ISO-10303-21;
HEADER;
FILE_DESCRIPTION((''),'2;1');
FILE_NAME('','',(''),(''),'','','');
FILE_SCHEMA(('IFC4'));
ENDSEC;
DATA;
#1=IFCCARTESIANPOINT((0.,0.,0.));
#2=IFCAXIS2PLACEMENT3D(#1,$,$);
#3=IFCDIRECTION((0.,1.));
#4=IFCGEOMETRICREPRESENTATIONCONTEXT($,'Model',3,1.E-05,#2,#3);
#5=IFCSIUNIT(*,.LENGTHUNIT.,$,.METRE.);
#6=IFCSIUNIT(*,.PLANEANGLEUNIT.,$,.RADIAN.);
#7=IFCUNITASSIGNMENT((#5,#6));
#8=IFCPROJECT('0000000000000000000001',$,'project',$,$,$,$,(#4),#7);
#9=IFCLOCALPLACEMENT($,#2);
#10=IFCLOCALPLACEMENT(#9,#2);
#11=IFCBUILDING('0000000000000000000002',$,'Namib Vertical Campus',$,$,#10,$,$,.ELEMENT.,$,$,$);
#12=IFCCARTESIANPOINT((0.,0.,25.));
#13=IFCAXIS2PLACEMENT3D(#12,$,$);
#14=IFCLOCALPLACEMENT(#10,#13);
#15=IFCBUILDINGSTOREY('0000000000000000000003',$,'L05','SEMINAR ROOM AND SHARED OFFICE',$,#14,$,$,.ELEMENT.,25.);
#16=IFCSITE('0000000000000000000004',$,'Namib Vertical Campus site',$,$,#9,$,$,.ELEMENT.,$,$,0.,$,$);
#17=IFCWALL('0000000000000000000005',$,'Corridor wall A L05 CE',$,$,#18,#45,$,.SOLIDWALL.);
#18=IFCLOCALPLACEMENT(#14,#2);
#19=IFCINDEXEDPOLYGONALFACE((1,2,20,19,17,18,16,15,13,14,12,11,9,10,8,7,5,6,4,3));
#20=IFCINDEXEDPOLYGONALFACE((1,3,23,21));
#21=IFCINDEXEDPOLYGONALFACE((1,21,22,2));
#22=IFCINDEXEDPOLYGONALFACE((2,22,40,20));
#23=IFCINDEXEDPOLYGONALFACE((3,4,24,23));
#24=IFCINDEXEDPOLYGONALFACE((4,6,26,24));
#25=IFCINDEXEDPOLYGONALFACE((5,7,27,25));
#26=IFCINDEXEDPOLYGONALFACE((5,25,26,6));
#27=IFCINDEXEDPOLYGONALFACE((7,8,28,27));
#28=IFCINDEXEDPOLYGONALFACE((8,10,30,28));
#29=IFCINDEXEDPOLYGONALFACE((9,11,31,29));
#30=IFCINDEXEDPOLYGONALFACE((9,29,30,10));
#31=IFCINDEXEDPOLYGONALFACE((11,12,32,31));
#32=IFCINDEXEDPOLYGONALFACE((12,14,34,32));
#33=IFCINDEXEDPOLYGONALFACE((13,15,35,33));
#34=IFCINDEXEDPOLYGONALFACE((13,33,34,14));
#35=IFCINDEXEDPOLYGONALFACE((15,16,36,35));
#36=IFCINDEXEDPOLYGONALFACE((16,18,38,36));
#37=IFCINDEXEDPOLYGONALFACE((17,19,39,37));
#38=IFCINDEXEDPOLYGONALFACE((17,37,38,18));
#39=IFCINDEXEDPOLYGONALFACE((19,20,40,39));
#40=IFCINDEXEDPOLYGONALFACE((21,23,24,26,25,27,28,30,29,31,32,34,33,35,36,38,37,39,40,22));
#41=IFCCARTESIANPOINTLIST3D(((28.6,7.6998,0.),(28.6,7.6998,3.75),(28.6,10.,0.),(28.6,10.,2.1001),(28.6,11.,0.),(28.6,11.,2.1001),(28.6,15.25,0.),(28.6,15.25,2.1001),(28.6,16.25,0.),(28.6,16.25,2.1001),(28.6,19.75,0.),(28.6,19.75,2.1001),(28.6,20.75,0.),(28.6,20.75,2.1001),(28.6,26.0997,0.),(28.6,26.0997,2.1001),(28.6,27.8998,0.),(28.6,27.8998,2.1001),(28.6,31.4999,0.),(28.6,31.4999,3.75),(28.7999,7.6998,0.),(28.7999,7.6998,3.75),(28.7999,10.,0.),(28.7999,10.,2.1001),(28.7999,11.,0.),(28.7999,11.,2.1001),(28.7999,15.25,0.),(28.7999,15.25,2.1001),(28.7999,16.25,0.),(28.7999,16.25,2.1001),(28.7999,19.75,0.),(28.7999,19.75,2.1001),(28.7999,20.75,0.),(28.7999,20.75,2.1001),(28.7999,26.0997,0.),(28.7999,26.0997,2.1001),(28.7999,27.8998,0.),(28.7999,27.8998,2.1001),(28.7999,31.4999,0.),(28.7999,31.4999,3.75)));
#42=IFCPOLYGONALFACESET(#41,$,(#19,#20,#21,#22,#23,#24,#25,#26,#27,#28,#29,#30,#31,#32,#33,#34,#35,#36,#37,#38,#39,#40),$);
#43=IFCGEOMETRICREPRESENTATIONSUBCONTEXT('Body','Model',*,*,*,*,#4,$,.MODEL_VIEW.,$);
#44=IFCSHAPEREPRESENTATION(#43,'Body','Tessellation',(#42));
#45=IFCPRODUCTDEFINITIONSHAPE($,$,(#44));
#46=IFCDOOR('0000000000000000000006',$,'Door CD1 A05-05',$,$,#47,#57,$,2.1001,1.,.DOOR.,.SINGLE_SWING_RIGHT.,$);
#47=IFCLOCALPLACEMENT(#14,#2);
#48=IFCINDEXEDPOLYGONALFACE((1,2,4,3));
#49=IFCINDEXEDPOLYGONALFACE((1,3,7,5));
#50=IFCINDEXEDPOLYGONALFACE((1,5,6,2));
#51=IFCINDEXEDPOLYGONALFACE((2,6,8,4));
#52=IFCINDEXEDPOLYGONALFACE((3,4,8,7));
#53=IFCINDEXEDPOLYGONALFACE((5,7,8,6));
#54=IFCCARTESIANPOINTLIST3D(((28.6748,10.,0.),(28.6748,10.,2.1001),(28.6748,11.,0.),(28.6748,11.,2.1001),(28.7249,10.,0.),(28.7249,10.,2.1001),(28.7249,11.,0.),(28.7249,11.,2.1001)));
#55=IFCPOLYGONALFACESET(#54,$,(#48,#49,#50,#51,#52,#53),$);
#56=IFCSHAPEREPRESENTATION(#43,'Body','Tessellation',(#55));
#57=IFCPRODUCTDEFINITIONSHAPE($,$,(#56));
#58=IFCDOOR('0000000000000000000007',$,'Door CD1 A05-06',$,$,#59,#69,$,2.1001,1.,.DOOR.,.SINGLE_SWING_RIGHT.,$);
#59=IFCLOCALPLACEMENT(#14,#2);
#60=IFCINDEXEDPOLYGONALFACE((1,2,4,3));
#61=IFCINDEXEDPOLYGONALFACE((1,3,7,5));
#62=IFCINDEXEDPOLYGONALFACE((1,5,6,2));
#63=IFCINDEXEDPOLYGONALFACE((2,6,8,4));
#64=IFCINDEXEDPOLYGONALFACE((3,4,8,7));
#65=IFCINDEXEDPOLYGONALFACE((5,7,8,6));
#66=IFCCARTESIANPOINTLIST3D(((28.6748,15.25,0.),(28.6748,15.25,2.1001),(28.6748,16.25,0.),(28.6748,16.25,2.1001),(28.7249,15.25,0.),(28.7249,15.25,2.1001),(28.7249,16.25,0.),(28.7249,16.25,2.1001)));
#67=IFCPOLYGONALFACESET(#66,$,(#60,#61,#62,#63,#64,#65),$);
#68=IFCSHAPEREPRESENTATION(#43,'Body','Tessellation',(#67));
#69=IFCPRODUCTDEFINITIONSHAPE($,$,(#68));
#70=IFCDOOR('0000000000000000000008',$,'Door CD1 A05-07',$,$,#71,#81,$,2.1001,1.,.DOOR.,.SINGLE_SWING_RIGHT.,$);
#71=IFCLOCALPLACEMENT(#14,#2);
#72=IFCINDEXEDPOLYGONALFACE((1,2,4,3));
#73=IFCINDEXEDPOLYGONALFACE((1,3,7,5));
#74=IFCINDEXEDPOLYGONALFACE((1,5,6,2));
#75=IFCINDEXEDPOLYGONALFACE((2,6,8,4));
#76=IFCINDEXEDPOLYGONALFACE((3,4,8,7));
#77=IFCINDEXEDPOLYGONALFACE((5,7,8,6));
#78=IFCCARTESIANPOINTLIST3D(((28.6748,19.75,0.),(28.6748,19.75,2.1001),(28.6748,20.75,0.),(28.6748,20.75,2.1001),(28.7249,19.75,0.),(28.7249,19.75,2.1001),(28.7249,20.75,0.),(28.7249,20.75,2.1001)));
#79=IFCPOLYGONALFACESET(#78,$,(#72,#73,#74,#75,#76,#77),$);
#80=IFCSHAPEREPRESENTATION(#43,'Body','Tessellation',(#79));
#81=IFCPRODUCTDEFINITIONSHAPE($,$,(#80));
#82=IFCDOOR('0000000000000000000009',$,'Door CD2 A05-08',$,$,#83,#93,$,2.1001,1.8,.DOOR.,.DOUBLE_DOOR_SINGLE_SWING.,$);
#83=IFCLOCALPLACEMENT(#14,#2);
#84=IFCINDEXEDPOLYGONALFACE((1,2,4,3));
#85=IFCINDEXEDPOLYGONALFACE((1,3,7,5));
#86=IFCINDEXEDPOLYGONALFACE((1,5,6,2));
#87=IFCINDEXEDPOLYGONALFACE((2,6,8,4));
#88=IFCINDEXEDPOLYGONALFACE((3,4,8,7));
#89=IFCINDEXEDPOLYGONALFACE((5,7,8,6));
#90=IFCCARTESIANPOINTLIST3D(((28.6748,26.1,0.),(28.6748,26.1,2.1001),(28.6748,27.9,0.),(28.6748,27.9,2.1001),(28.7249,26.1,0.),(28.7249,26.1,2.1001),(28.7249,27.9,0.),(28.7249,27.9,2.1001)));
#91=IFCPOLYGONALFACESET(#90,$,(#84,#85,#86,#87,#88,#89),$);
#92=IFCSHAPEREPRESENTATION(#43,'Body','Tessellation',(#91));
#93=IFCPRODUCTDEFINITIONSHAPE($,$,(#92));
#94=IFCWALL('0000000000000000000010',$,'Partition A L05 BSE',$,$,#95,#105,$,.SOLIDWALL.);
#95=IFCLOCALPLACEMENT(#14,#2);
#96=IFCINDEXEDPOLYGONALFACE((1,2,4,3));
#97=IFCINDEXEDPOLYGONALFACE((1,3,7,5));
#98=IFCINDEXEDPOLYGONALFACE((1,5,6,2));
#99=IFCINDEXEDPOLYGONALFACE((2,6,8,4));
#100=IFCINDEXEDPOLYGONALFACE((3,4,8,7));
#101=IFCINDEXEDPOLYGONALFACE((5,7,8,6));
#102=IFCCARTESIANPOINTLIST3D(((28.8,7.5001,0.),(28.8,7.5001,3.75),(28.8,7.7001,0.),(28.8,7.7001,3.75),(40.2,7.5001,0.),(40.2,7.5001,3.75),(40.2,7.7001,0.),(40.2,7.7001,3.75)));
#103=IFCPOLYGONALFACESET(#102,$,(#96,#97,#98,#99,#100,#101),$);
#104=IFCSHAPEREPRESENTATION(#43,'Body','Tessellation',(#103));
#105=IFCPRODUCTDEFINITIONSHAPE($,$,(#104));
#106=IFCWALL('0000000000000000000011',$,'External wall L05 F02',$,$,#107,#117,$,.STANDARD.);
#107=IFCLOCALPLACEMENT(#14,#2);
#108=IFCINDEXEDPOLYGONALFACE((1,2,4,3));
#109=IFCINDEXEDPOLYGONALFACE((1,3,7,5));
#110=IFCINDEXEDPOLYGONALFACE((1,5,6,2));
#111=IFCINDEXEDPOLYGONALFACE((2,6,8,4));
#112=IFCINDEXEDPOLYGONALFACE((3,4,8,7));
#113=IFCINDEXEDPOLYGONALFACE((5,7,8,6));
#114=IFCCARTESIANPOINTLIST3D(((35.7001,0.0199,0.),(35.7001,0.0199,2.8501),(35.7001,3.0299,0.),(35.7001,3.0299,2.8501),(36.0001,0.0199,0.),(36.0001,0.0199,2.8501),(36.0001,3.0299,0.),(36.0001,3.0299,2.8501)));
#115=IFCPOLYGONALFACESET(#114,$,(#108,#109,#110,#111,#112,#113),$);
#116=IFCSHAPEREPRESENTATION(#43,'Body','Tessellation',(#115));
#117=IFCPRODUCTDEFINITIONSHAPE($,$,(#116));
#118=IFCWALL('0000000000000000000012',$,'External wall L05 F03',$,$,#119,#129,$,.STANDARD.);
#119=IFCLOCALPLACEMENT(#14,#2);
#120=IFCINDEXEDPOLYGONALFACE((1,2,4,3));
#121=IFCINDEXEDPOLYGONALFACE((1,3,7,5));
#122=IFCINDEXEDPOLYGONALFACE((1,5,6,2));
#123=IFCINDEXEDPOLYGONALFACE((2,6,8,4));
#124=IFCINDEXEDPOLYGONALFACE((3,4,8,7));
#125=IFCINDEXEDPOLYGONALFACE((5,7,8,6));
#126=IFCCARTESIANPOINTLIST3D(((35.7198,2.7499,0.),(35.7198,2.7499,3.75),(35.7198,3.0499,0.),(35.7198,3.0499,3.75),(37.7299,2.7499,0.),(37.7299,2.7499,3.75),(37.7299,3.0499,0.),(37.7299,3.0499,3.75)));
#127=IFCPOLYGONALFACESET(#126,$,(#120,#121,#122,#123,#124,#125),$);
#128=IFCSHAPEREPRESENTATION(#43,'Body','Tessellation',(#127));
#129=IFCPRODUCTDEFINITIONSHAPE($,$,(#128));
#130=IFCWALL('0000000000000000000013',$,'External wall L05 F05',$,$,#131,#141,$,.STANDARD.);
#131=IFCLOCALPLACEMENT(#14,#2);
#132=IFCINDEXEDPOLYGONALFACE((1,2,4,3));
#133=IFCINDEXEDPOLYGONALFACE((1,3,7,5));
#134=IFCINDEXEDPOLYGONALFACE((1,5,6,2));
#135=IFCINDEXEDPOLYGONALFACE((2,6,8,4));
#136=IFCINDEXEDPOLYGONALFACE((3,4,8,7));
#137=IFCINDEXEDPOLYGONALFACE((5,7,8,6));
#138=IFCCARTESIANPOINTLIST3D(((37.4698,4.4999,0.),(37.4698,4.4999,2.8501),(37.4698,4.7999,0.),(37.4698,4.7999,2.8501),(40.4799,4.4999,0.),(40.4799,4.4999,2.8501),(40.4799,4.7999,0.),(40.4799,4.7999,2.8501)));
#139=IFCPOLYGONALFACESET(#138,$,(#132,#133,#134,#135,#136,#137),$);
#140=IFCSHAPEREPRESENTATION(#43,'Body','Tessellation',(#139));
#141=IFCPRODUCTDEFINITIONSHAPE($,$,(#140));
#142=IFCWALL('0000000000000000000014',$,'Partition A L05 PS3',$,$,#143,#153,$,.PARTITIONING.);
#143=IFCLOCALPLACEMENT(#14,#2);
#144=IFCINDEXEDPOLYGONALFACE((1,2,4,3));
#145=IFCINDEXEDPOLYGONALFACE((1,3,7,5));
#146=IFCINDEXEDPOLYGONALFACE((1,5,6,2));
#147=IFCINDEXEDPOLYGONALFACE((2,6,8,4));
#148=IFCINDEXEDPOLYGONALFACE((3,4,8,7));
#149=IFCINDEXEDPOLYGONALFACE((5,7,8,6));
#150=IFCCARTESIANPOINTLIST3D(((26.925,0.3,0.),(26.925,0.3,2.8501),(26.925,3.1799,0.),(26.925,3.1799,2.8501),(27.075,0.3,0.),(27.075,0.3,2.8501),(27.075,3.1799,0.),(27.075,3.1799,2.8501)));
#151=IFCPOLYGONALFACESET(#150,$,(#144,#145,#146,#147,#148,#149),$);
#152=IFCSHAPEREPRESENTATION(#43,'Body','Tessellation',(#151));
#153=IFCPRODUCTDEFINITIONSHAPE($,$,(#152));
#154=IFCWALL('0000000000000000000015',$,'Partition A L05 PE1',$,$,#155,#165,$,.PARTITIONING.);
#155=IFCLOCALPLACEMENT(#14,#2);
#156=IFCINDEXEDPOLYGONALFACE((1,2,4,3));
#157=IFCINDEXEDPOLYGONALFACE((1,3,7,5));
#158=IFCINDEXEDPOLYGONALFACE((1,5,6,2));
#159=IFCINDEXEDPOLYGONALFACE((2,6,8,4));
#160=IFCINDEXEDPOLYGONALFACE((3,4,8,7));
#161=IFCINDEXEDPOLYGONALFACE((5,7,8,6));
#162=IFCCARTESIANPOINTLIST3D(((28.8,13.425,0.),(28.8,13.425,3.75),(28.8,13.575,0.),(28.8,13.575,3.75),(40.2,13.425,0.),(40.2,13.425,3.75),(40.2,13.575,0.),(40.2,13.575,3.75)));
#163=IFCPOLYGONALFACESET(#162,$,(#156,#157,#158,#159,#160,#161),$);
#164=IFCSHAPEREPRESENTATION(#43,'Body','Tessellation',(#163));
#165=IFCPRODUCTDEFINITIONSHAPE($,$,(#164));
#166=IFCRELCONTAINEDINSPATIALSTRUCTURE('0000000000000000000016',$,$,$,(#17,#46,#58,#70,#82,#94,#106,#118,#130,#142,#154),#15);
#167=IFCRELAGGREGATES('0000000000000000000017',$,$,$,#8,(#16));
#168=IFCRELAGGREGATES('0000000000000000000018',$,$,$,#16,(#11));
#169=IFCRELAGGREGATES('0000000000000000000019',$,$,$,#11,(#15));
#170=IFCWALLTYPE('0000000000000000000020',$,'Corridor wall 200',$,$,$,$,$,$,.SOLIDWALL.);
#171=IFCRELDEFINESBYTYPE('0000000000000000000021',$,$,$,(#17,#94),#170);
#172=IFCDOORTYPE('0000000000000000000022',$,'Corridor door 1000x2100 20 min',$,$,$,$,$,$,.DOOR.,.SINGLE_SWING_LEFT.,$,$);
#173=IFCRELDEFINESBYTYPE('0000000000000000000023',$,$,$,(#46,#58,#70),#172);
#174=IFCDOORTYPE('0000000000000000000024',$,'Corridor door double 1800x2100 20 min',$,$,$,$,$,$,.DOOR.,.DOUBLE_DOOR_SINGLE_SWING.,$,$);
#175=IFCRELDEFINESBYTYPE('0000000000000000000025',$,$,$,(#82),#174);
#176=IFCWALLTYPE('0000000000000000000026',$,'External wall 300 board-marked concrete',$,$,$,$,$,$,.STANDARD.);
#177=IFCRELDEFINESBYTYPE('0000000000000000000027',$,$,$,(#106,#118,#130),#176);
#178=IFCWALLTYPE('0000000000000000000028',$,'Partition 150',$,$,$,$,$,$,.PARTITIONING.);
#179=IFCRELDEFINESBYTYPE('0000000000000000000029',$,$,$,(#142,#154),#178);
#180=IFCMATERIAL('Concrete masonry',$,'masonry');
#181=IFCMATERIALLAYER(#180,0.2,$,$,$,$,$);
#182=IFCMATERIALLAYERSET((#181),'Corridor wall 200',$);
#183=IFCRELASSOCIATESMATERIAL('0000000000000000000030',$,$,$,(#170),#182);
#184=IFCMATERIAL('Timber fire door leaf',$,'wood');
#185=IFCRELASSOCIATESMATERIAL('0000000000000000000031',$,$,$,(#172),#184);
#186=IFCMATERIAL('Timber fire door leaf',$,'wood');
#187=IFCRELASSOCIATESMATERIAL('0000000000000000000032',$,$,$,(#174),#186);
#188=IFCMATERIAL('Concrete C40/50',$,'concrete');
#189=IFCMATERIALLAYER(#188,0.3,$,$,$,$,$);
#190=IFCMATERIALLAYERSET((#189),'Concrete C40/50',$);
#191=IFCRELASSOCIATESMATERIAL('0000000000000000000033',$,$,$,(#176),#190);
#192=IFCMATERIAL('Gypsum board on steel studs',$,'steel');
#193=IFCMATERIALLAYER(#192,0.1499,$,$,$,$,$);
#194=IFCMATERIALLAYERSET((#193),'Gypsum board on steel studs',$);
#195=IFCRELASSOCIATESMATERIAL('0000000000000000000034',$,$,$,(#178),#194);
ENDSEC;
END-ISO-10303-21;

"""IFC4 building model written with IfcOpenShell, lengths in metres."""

from ifc_helpers import new_model, si_unit, direction, frame, frame_2d, origin, place, context, subcontext, project, spatial, rectangle, extrude, material, layer, layer_set, type_object, element, fill, save


model = new_model("IFC4")

# Units and contexts
model_context = context("Model", 3, precision=1e-05, world=origin(), true_north=direction((0.0, 1.0)))
body_context = subcontext(model_context, "Body", "Model", "MODEL_VIEW")
ifc_project = project(units=[si_unit("LENGTHUNIT", "METRE"), si_unit("PLANEANGLEUNIT", "RADIAN")], contexts=[model_context])

# Site, building, storey
site_placement = place(None, origin())
site = spatial("IfcSite", under=ifc_project, at=site_placement, Name="Namib Vertical Campus site", CompositionType="ELEMENT", RefElevation=0.0)
building_placement = place(site_placement, origin())
building = spatial("IfcBuilding", under=site, at=building_placement, Name="Namib Vertical Campus", CompositionType="ELEMENT")
storey_placement = place(building_placement, frame((0.0, 0.0, 25.0)))
storey = spatial("IfcBuildingStorey", under=building, at=storey_placement, Name="L05", Description="SEMINAR ROOM AND SHARED OFFICE", CompositionType="ELEMENT", Elevation=25.0)

# Wall, openings, doors
ifc_material_1 = material(Name="Concrete masonry", Category="masonry")
ifc_layer_1 = layer(ifc_material_1, 0.2)
ifc_layer_set_1 = layer_set([ifc_layer_1], Name="Corridor wall 200")
wall_type_1 = type_object("IfcWallType", Name="Corridor wall 200", PredefinedType="SOLIDWALL", material=ifc_layer_set_1)
wall_1_placement = place(storey_placement, frame((28.7, 7.7, 0.0), z_axis=(0.0, 0.0, 1.0), x_axis=(0.0, 1.0, 0.0)))
wall_1 = element("IfcWall", 1, at=wall_1_placement, inside=storey, type_object=wall_type_1, Name="Corridor wall A L05 CE", PredefinedType="SOLIDWALL", context=body_context, shape_type="SweptSolid", body=[
    extrude(rectangle(XDim=23.8, YDim=0.2, at=frame_2d((11.8999, 0.0))), origin(), (0.0, 0.0, 1.0), 3.75),
])
opening_1_placement = place(wall_1_placement, frame((2.3, 0.0, 0.0)))
opening_1 = element("IfcOpeningElement", 2, at=opening_1_placement, cuts=wall_1, PredefinedType="OPENING", context=body_context, shape_type="SweptSolid", body=[
    extrude(rectangle(XDim=1.0, YDim=2.1001, at=frame_2d((0.5, 1.05))), frame((0.0, 0.1099, 0.0), z_axis=(0.0, -1.0, 0.0), x_axis=(1.0, 0.0, 0.0)), (0.0, 0.0, 1.0), 0.22),
])
opening_2_placement = place(wall_1_placement, frame((7.55, 0.0, 0.0)))
opening_2 = element("IfcOpeningElement", 3, at=opening_2_placement, cuts=wall_1, PredefinedType="OPENING", context=body_context, shape_type="SweptSolid", body=[
    extrude(rectangle(XDim=1.0, YDim=2.1001, at=frame_2d((0.5, 1.05))), frame((0.0, 0.1099, 0.0), z_axis=(0.0, -1.0, 0.0), x_axis=(1.0, 0.0, 0.0)), (0.0, 0.0, 1.0), 0.22),
])
opening_3_placement = place(wall_1_placement, frame((12.05, 0.0, 0.0)))
opening_3 = element("IfcOpeningElement", 4, at=opening_3_placement, cuts=wall_1, PredefinedType="OPENING", context=body_context, shape_type="SweptSolid", body=[
    extrude(rectangle(XDim=1.0, YDim=2.1001, at=frame_2d((0.5, 1.05))), frame((0.0, 0.1099, 0.0), z_axis=(0.0, -1.0, 0.0), x_axis=(1.0, 0.0, 0.0)), (0.0, 0.0, 1.0), 0.22),
])
opening_4_placement = place(wall_1_placement, frame((18.3999, 0.0, 0.0)))
opening_4 = element("IfcOpeningElement", 5, at=opening_4_placement, cuts=wall_1, PredefinedType="OPENING", context=body_context, shape_type="SweptSolid", body=[
    extrude(rectangle(XDim=1.8, YDim=2.1001, at=frame_2d((0.8999, 1.05))), frame((0.0, 0.1099, 0.0), z_axis=(0.0, -1.0, 0.0), x_axis=(1.0, 0.0, 0.0)), (0.0, 0.0, 1.0), 0.22),
])
ifc_material_2 = material(Name="Timber fire door leaf", Category="wood")
door_type_1 = type_object("IfcDoorType", Name="Corridor door 1000x2100 20 min", OperationType="SINGLE_SWING_LEFT", PredefinedType="DOOR", material=ifc_material_2)
door_1_placement = place(opening_1_placement, frame((1.0, 0.0, 0.0), z_axis=(0.0, 0.0, 1.0), x_axis=(-1.0, 0.0, 0.0)))
door_1 = element("IfcDoor", 6, at=door_1_placement, inside=storey, type_object=door_type_1, Name="Door CD1 A05-05", OperationType="SINGLE_SWING_RIGHT", OverallHeight=2.1001, OverallWidth=1.0, PredefinedType="DOOR", context=body_context, shape_type="SweptSolid", body=[
    extrude(rectangle(XDim=1.0, YDim=2.1001, at=frame_2d((0.5, 1.05))), frame((0.0, 0.0249, 0.0), z_axis=(0.0, -1.0, 0.0), x_axis=(1.0, 0.0, 0.0)), (0.0, 0.0, 1.0), 0.05),
])
fill(opening_1, door_1)
door_2_placement = place(opening_2_placement, frame((1.0, 0.0, 0.0), z_axis=(0.0, 0.0, 1.0), x_axis=(-1.0, 0.0, 0.0)))
door_2 = element("IfcDoor", 7, at=door_2_placement, inside=storey, type_object=door_type_1, Name="Door CD1 A05-06", OperationType="SINGLE_SWING_RIGHT", OverallHeight=2.1001, OverallWidth=1.0, PredefinedType="DOOR", context=body_context, shape_type="SweptSolid", body=[
    extrude(rectangle(XDim=1.0, YDim=2.1001, at=frame_2d((0.5, 1.05))), frame((0.0, 0.0249, 0.0), z_axis=(0.0, -1.0, 0.0), x_axis=(1.0, 0.0, 0.0)), (0.0, 0.0, 1.0), 0.05),
])
fill(opening_2, door_2)
door_3_placement = place(opening_3_placement, frame((1.0, 0.0, 0.0), z_axis=(0.0, 0.0, 1.0), x_axis=(-1.0, 0.0, 0.0)))
door_3 = element("IfcDoor", 8, at=door_3_placement, inside=storey, type_object=door_type_1, Name="Door CD1 A05-07", OperationType="SINGLE_SWING_RIGHT", OverallHeight=2.1001, OverallWidth=1.0, PredefinedType="DOOR", context=body_context, shape_type="SweptSolid", body=[
    extrude(rectangle(XDim=1.0, YDim=2.1001, at=frame_2d((0.5, 1.05))), frame((0.0, 0.0249, 0.0), z_axis=(0.0, -1.0, 0.0), x_axis=(1.0, 0.0, 0.0)), (0.0, 0.0, 1.0), 0.05),
])
fill(opening_3, door_3)
ifc_material_3 = material(Name="Timber fire door leaf", Category="wood")
door_type_2 = type_object("IfcDoorType", Name="Corridor door double 1800x2100 20 min", OperationType="DOUBLE_DOOR_SINGLE_SWING", PredefinedType="DOOR", material=ifc_material_3)
door_4_placement = place(opening_4_placement, frame((1.8, 0.0, 0.0), z_axis=(0.0, 0.0, 1.0), x_axis=(-1.0, 0.0, 0.0)))
door_4 = element("IfcDoor", 9, at=door_4_placement, inside=storey, type_object=door_type_2, Name="Door CD2 A05-08", OperationType="DOUBLE_DOOR_SINGLE_SWING", OverallHeight=2.1001, OverallWidth=1.8, PredefinedType="DOOR", context=body_context, shape_type="SweptSolid", body=[
    extrude(rectangle(XDim=1.8, YDim=2.1001, at=frame_2d((0.8999, 1.05))), frame((0.0, 0.0249, 0.0), z_axis=(0.0, -1.0, 0.0), x_axis=(1.0, 0.0, 0.0)), (0.0, 0.0, 1.0), 0.05),
])
fill(opening_4, door_4)

# Walls
wall_2_placement = place(storey_placement, frame((28.8, 7.6001, 0.0), z_axis=(0.0, 0.0, 1.0), x_axis=(1.0, 0.0, 0.0)))
element("IfcWall", 10, at=wall_2_placement, inside=storey, type_object=wall_type_1, Name="Partition A L05 BSE", PredefinedType="SOLIDWALL", context=body_context, shape_type="SweptSolid", body=[
    extrude(rectangle(XDim=11.3999, YDim=0.2, at=frame_2d((5.7, 0.0))), origin(), (0.0, 0.0, 1.0), 3.75),
])
ifc_material_4 = material(Name="Concrete C40/50", Category="concrete")
ifc_layer_2 = layer(ifc_material_4, 0.3)
ifc_layer_set_2 = layer_set([ifc_layer_2], Name="Concrete C40/50")
wall_type_2 = type_object("IfcWallType", Name="External wall 300 board-marked concrete", PredefinedType="STANDARD", material=ifc_layer_set_2)
wall_3_placement = place(storey_placement, frame((35.8501, 0.02, 0.0), z_axis=(0.0, 0.0, 1.0), x_axis=(0.0, 1.0, 0.0)))
element("IfcWall", 11, at=wall_3_placement, inside=storey, type_object=wall_type_2, Name="External wall L05 F02", PredefinedType="STANDARD", context=body_context, shape_type="SweptSolid", body=[
    extrude(rectangle(XDim=3.01, YDim=0.3, at=frame_2d((1.5049, 0.0))), origin(), (0.0, 0.0, 1.0), 2.8501),
])
wall_4_placement = place(storey_placement, frame((35.72, 2.8999, 0.0), z_axis=(0.0, 0.0, 1.0), x_axis=(1.0, 0.0, 0.0)))
element("IfcWall", 12, at=wall_4_placement, inside=storey, type_object=wall_type_2, Name="External wall L05 F03", PredefinedType="STANDARD", context=body_context, shape_type="SweptSolid", body=[
    extrude(rectangle(XDim=2.01, YDim=0.3, at=frame_2d((1.0049, 0.0))), origin(), (0.0, 0.0, 1.0), 3.75),
])
wall_5_placement = place(storey_placement, frame((37.47, 4.6499, 0.0), z_axis=(0.0, 0.0, 1.0), x_axis=(1.0, 0.0, 0.0)))
element("IfcWall", 13, at=wall_5_placement, inside=storey, type_object=wall_type_2, Name="External wall L05 F05", PredefinedType="STANDARD", context=body_context, shape_type="SweptSolid", body=[
    extrude(rectangle(XDim=3.01, YDim=0.3, at=frame_2d((1.5049, 0.0))), origin(), (0.0, 0.0, 1.0), 2.8501),
])
ifc_material_5 = material(Name="Gypsum board on steel studs", Category="steel")
ifc_layer_3 = layer(ifc_material_5, 0.1499)
ifc_layer_set_3 = layer_set([ifc_layer_3], Name="Gypsum board on steel studs")
wall_type_3 = type_object("IfcWallType", Name="Partition 150", PredefinedType="PARTITIONING", material=ifc_layer_set_3)
wall_6_placement = place(storey_placement, frame((27.0, 0.3, 0.0), z_axis=(0.0, 0.0, 1.0), x_axis=(0.0, 1.0, 0.0)))
element("IfcWall", 14, at=wall_6_placement, inside=storey, type_object=wall_type_3, Name="Partition A L05 PS3", PredefinedType="PARTITIONING", context=body_context, shape_type="SweptSolid", body=[
    extrude(rectangle(XDim=2.8799, YDim=0.1499, at=frame_2d((1.4399, 0.0))), origin(), (0.0, 0.0, 1.0), 2.8501),
])
for number, where, z_axis, x_axis, name in (
    (15, (28.8, 13.5, 0.0), (0.0, 0.0, 1.0), (1.0, 0.0, 0.0), "Partition A L05 PE1"),
):
    element("IfcWall", number, at=place(storey_placement, frame(where, z_axis=z_axis, x_axis=x_axis)), inside=storey, type_object=wall_type_3, Name=name, PredefinedType="PARTITIONING", context=body_context, shape_type="SweptSolid", body=[
        extrude(rectangle(XDim=11.3999, YDim=0.1499, at=frame_2d((5.7, 0.0))), origin(), (0.0, 0.0, 1.0), 3.75),
    ])

save(model, "model.ifc")
